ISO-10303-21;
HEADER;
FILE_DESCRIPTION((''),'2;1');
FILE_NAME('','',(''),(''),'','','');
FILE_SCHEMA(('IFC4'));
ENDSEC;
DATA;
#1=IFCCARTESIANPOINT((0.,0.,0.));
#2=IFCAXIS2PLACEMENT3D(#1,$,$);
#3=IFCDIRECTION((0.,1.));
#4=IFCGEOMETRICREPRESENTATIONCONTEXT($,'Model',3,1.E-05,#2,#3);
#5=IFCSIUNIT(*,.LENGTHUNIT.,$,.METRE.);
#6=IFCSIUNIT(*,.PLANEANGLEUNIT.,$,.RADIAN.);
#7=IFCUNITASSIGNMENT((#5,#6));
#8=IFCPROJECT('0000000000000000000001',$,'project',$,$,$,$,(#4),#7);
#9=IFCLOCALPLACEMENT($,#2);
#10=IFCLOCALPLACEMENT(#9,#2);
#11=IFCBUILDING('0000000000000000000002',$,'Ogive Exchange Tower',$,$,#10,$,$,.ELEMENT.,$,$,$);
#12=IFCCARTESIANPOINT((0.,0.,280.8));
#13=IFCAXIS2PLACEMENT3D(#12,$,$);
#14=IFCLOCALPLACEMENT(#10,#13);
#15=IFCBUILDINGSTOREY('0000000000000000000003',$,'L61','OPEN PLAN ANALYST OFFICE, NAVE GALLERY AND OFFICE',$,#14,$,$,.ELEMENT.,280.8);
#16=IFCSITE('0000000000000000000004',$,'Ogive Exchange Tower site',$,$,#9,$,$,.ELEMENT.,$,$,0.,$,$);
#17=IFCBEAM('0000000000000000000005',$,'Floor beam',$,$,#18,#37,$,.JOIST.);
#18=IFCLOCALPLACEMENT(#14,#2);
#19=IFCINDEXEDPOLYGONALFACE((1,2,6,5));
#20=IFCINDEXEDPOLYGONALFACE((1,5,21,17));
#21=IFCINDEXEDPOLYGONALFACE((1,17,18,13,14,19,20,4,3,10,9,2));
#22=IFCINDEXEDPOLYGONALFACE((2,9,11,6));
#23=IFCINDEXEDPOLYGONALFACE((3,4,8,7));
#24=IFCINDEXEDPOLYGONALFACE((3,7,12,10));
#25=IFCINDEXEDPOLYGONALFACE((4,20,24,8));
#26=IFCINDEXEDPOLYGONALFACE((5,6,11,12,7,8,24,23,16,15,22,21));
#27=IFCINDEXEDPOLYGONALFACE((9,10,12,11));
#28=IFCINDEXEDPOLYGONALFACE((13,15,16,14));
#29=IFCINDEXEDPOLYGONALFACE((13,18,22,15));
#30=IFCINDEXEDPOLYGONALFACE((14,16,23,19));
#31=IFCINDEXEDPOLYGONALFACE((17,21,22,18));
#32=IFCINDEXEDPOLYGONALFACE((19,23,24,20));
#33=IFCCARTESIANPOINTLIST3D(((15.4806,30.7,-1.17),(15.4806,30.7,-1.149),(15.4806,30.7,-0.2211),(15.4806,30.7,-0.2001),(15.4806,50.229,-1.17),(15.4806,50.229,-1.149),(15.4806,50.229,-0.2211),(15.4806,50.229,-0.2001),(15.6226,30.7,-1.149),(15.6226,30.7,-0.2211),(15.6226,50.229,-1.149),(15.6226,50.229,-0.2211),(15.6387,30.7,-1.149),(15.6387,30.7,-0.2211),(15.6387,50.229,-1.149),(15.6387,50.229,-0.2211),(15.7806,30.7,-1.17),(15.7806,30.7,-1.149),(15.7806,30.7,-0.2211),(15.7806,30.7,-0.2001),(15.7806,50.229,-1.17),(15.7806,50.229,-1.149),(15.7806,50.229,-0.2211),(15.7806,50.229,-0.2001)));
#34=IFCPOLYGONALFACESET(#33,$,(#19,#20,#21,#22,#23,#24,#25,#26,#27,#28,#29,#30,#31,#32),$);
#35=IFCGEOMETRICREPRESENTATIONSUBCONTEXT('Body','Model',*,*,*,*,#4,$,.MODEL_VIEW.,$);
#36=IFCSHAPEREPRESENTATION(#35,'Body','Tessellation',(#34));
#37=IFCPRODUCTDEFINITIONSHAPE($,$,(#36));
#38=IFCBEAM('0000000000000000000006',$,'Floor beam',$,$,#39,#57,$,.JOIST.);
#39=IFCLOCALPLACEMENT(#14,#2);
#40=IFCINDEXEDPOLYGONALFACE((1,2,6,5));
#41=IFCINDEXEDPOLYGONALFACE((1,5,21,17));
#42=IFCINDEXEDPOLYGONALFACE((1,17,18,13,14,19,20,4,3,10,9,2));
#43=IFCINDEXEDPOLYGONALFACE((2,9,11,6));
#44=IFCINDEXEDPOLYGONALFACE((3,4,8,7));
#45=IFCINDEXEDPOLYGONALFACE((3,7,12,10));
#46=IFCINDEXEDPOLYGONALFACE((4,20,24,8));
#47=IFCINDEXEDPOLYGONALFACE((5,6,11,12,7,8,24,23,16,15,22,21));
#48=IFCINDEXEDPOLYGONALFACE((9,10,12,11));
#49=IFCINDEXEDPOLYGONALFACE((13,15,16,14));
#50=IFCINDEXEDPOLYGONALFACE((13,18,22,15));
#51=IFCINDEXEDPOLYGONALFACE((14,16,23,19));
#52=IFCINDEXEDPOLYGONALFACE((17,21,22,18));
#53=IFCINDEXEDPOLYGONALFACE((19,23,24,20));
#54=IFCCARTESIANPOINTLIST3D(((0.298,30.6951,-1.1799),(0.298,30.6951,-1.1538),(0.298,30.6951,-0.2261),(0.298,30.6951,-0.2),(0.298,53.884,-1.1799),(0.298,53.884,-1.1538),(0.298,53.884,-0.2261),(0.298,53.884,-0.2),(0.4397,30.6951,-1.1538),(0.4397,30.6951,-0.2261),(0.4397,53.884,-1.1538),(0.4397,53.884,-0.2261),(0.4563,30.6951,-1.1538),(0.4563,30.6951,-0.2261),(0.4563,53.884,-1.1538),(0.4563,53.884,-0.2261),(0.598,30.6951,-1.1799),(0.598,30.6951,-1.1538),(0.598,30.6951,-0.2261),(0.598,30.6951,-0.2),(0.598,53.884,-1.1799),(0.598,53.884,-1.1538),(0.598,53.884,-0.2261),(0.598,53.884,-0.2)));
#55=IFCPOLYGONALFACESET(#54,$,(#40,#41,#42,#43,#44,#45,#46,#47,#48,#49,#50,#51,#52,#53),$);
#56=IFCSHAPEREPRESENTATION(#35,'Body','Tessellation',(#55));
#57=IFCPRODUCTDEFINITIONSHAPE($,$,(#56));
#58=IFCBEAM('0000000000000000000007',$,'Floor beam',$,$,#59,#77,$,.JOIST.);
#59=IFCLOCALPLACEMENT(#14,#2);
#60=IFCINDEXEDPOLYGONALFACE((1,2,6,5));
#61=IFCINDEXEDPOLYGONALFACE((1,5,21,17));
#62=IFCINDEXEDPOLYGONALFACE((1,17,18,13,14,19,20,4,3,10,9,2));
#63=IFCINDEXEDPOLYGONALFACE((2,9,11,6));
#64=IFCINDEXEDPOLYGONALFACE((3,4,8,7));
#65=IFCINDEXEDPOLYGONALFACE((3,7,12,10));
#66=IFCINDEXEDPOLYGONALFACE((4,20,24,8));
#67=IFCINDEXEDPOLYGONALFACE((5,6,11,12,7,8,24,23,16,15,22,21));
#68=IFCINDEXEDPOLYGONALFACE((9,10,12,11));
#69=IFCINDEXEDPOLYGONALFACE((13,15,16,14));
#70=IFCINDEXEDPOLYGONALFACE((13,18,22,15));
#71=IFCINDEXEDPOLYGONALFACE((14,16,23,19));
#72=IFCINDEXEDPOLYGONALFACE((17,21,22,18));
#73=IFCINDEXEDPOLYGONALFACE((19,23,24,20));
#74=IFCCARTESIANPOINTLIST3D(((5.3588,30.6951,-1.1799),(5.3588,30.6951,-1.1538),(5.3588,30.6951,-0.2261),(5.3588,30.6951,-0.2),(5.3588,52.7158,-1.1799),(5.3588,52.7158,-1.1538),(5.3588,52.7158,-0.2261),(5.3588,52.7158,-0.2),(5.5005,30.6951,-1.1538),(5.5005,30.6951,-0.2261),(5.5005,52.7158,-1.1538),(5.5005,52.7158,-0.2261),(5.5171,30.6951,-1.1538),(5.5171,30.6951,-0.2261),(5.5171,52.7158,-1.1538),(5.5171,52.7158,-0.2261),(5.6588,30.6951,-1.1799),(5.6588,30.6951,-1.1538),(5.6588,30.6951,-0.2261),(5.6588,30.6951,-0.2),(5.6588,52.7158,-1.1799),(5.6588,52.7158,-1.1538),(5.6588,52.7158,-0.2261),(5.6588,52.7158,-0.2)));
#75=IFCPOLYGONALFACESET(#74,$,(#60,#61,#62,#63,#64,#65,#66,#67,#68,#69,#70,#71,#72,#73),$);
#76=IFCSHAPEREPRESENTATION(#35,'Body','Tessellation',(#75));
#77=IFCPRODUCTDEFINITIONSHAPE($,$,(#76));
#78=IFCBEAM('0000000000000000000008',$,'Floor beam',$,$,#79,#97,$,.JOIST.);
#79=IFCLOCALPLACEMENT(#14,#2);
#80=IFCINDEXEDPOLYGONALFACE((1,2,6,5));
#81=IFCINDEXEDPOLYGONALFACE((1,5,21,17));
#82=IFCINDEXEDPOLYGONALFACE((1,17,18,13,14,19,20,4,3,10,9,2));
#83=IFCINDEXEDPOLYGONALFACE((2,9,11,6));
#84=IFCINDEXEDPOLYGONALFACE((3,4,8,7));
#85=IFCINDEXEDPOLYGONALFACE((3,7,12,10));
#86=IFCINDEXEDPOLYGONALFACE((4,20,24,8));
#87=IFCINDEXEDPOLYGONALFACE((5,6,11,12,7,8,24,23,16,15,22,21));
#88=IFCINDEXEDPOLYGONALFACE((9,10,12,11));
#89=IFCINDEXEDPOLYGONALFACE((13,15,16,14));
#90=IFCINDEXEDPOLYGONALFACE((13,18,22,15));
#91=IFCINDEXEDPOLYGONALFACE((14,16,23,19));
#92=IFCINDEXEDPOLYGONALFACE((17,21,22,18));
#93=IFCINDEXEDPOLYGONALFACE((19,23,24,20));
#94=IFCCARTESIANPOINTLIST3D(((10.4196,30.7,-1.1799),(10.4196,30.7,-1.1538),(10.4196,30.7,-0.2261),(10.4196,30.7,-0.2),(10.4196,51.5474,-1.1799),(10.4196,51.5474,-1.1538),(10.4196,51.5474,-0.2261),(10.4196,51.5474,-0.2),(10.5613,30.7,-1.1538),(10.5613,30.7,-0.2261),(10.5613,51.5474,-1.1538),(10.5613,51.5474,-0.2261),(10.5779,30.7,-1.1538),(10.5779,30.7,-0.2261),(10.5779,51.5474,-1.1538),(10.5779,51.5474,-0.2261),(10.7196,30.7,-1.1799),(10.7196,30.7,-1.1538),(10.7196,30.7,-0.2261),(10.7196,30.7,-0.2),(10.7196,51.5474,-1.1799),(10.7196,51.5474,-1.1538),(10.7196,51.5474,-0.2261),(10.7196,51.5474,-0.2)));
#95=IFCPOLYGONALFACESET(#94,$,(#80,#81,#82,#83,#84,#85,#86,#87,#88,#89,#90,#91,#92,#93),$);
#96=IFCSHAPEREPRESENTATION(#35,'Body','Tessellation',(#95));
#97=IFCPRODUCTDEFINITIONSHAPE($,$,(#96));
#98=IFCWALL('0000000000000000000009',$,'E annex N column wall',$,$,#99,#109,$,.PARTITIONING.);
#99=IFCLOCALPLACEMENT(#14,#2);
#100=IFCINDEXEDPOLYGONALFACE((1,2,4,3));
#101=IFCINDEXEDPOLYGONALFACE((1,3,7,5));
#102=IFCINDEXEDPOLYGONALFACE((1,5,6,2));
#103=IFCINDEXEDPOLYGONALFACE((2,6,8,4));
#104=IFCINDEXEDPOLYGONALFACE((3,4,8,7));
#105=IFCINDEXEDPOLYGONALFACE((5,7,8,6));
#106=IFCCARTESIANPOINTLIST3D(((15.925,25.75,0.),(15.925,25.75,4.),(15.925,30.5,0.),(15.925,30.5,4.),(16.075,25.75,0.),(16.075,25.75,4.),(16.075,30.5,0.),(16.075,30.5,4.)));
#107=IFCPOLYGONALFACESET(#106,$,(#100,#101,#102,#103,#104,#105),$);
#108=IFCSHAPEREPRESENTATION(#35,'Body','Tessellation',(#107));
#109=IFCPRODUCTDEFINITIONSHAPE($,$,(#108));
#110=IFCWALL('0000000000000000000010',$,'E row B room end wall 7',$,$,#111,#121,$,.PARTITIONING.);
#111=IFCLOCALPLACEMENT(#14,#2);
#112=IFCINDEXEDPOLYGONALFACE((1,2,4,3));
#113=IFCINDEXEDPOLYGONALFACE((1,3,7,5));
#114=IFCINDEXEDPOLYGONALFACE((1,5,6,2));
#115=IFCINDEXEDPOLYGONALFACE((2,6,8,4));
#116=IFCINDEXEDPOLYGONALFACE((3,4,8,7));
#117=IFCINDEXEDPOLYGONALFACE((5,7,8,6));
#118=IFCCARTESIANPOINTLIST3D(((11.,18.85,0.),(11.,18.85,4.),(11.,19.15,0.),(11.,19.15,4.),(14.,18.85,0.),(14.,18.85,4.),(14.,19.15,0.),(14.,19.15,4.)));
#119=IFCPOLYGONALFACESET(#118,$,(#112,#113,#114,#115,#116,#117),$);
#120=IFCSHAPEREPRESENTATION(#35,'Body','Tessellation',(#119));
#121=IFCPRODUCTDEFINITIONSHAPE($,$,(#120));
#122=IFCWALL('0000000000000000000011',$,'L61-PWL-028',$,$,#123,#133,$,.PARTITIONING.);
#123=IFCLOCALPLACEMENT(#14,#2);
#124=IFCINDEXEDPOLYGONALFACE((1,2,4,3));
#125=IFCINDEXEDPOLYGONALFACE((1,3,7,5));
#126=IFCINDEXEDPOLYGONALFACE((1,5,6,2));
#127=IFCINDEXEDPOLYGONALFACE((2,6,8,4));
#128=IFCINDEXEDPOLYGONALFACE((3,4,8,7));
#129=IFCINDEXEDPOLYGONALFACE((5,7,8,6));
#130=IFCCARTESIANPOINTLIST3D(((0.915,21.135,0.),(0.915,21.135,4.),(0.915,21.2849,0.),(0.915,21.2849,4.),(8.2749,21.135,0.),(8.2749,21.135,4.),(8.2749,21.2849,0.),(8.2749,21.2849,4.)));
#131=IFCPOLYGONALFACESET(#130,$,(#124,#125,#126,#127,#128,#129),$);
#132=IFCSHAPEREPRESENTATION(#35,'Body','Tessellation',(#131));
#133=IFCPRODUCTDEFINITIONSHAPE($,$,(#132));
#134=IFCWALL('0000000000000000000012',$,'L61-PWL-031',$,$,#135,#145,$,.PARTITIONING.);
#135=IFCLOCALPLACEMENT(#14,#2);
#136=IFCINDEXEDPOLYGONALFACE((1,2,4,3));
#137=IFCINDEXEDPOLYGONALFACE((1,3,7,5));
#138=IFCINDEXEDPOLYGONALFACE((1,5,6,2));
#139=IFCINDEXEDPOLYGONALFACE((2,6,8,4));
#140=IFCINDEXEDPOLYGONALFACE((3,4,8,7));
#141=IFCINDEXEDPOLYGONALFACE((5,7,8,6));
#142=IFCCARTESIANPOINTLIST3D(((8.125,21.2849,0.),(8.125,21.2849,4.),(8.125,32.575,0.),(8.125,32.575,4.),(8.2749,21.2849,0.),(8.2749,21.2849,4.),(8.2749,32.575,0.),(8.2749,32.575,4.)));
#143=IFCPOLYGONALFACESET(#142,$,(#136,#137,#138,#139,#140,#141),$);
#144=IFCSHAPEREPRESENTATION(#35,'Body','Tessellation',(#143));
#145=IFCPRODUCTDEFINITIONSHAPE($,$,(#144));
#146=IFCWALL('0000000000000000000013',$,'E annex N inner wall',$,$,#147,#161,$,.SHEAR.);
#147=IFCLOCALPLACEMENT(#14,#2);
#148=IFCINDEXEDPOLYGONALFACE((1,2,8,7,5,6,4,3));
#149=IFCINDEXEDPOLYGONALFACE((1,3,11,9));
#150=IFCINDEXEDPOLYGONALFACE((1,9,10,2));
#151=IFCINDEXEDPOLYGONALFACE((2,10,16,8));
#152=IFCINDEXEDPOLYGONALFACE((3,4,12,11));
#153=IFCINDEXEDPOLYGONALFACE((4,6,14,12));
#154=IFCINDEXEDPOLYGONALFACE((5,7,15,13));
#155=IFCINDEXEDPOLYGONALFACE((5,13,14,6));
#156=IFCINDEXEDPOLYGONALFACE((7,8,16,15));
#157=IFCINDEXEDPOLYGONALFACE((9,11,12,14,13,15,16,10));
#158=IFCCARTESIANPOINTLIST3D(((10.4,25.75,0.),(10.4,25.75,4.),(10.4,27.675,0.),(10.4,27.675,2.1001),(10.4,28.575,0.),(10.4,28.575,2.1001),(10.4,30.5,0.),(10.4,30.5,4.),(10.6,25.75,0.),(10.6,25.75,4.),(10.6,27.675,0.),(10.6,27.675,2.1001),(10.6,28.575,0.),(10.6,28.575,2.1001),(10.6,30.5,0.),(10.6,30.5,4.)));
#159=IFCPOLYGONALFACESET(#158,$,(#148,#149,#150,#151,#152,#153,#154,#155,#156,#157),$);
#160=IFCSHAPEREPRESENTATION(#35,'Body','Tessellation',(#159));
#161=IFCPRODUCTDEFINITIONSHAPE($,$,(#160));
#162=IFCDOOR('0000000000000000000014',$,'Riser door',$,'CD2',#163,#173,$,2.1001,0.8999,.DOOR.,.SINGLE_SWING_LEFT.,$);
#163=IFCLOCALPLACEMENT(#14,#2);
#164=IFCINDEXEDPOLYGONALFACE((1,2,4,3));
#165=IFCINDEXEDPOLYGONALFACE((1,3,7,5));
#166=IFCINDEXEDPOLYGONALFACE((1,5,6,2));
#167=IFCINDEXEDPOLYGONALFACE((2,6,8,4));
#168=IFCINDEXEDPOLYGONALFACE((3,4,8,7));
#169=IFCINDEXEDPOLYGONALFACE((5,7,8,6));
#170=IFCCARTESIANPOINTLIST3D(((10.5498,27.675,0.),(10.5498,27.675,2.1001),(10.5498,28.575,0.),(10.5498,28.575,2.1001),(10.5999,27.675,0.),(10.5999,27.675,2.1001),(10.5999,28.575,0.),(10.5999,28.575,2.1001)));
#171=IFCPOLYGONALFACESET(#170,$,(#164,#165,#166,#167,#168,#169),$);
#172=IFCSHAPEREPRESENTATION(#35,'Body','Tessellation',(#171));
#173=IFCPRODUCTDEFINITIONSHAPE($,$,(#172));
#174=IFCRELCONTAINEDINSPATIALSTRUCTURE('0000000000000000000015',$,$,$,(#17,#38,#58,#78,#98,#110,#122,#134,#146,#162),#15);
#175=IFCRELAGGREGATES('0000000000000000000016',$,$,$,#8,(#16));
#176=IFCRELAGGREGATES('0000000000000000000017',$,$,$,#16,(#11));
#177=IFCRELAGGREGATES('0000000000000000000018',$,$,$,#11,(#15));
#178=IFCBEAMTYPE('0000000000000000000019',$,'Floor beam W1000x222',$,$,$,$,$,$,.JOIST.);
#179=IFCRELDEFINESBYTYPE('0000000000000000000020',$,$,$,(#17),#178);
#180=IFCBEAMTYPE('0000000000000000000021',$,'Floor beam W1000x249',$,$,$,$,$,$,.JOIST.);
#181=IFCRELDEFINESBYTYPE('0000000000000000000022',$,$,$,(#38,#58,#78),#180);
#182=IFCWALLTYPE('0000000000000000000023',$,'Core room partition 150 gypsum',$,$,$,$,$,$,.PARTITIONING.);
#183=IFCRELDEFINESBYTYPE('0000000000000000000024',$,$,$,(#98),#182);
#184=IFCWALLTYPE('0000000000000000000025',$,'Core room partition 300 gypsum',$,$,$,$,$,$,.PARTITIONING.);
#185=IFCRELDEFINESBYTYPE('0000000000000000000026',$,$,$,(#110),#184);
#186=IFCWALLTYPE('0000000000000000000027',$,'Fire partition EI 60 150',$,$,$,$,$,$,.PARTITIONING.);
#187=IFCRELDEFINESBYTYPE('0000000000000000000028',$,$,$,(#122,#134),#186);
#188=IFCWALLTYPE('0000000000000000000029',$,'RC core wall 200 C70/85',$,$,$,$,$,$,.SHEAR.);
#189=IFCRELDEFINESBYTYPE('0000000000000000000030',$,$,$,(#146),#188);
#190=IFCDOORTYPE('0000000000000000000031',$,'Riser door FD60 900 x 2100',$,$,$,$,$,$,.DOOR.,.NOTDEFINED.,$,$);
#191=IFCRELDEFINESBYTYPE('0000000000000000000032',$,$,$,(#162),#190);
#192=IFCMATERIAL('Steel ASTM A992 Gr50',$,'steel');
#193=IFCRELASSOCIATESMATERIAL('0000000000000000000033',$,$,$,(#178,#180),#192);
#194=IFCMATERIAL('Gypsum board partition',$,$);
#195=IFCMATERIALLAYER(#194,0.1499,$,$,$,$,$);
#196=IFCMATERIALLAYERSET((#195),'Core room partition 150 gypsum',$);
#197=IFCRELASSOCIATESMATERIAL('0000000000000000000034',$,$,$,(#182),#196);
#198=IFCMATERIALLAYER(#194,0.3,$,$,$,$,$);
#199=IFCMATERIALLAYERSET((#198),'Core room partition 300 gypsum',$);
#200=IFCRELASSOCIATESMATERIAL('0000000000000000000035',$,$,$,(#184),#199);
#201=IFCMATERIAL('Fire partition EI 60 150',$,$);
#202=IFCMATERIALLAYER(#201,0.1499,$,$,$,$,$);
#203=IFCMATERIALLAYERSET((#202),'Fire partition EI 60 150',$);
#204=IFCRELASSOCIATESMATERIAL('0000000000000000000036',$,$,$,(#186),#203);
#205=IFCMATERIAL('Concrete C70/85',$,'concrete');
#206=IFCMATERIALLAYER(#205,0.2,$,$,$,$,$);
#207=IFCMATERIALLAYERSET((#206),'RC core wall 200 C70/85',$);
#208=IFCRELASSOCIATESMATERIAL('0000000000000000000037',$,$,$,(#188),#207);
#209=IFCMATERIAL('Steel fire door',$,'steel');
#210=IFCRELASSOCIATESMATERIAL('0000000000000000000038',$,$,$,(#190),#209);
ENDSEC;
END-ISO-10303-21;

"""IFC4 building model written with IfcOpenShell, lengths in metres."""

from ifc_helpers import new_model, si_unit, direction, frame, frame_2d, origin, origin_2d, place, context, subcontext, project, spatial, rectangle, i_section, extrude, material, layer, layer_set, material_profile, profile_set, type_object, element, fill, save


model = new_model("IFC4")

# Units and contexts
model_context = context("Model", 3, precision=1e-05, world=origin(), true_north=direction((0.0, 1.0)))
body_context = subcontext(model_context, "Body", "Model", "MODEL_VIEW")
ifc_project = project(units=[si_unit("LENGTHUNIT", "METRE"), si_unit("PLANEANGLEUNIT", "RADIAN")], contexts=[model_context])

# Site, building, storey
site_placement = place(None, origin())
site = spatial("IfcSite", under=ifc_project, at=site_placement, Name="Ogive Exchange Tower site", CompositionType="ELEMENT", RefElevation=0.0)
building_placement = place(site_placement, origin())
building = spatial("IfcBuilding", under=site, at=building_placement, Name="Ogive Exchange Tower", CompositionType="ELEMENT")
storey_placement = place(building_placement, frame((0.0, 0.0, 280.8)))
storey = spatial("IfcBuildingStorey", under=building, at=storey_placement, Name="L61", Description="OPEN PLAN ANALYST OFFICE, NAVE GALLERY AND OFFICE", CompositionType="ELEMENT", Elevation=280.8)

# Beams
ifc_material_1 = material(Name="Steel ASTM A992 Gr50", Category="steel")
ifc_material_profile_1 = material_profile(ifc_material_1, i_section(OverallWidth=0.3, OverallDepth=0.97, WebThickness=0.0161, FlangeThickness=0.021, at=origin_2d()), Name="W1000x222")
ifc_profile_set_1 = profile_set([ifc_material_profile_1], Name="Steel ASTM A992 Gr50")
beam_type_1 = type_object("IfcBeamType", Name="Floor beam W1000x222", PredefinedType="JOIST", material=ifc_profile_set_1)
beam_1_placement = place(storey_placement, frame((15.6306, 30.7, -0.6851), z_axis=(0.0, 1.0, 0.0), x_axis=(-1.0, 0.0, 0.0)))
element("IfcBeam", 1, at=beam_1_placement, inside=storey, type_object=beam_type_1, Name="Floor beam", PredefinedType="JOIST", context=body_context, shape_type="SweptSolid", body=[
    extrude(i_section(OverallWidth=0.3, OverallDepth=0.97, WebThickness=0.0161, FlangeThickness=0.021, at=origin_2d()), origin(), (0.0, 0.0, 1.0), 19.5291),
])
ifc_material_profile_2 = material_profile(ifc_material_1, i_section(OverallWidth=0.3, OverallDepth=0.98, WebThickness=0.0166, FlangeThickness=0.0261, at=origin_2d()), Name="W1000x249")
ifc_profile_set_2 = profile_set([ifc_material_profile_2], Name="Steel ASTM A992 Gr50")
beam_type_2 = type_object("IfcBeamType", Name="Floor beam W1000x249", PredefinedType="JOIST", material=ifc_profile_set_2)
beam_2_placement = place(storey_placement, frame((0.448, 30.6951, -0.6899), z_axis=(0.0, 1.0, 0.0), x_axis=(-1.0, 0.0, 0.0)))
element("IfcBeam", 2, at=beam_2_placement, inside=storey, type_object=beam_type_2, Name="Floor beam", PredefinedType="JOIST", context=body_context, shape_type="SweptSolid", body=[
    extrude(i_section(OverallWidth=0.3, OverallDepth=0.98, WebThickness=0.0166, FlangeThickness=0.0261, at=origin_2d()), origin(), (0.0, 0.0, 1.0), 23.189),
])
beam_3_placement = place(storey_placement, frame((5.5088, 30.6951, -0.6899), z_axis=(0.0, 1.0, 0.0), x_axis=(-1.0, 0.0, 0.0)))
element("IfcBeam", 3, at=beam_3_placement, inside=storey, type_object=beam_type_2, Name="Floor beam", PredefinedType="JOIST", context=body_context, shape_type="SweptSolid", body=[
    extrude(i_section(OverallWidth=0.3, OverallDepth=0.98, WebThickness=0.0166, FlangeThickness=0.0261, at=origin_2d()), origin(), (0.0, 0.0, 1.0), 22.0208),
])
beam_4_placement = place(storey_placement, frame((10.5696, 30.7, -0.6899), z_axis=(0.0, 1.0, 0.0), x_axis=(-1.0, 0.0, 0.0)))
element("IfcBeam", 4, at=beam_4_placement, inside=storey, type_object=beam_type_2, Name="Floor beam", PredefinedType="JOIST", context=body_context, shape_type="SweptSolid", body=[
    extrude(i_section(OverallWidth=0.3, OverallDepth=0.98, WebThickness=0.0166, FlangeThickness=0.0261, at=origin_2d()), origin(), (0.0, 0.0, 1.0), 20.8474),
])

# Walls
ifc_material_2 = material(Name="Gypsum board partition")
ifc_layer_1 = layer(ifc_material_2, 0.1499)
ifc_layer_set_1 = layer_set([ifc_layer_1], Name="Core room partition 150 gypsum")
wall_type_1 = type_object("IfcWallType", Name="Core room partition 150 gypsum", PredefinedType="PARTITIONING", material=ifc_layer_set_1)
wall_1_placement = place(storey_placement, frame((16.0, 25.75, 0.0), z_axis=(0.0, 0.0, 1.0), x_axis=(0.0, 1.0, 0.0)))
element("IfcWall", 5, at=wall_1_placement, inside=storey, type_object=wall_type_1, Name="E annex N column wall", PredefinedType="PARTITIONING", context=body_context, shape_type="SweptSolid", body=[
    extrude(rectangle(XDim=4.75, YDim=0.1499, at=frame_2d((2.375, 0.0))), origin(), (0.0, 0.0, 1.0), 4.0),
])
ifc_layer_2 = layer(ifc_material_2, 0.3)
ifc_layer_set_2 = layer_set([ifc_layer_2], Name="Core room partition 300 gypsum")
wall_type_2 = type_object("IfcWallType", Name="Core room partition 300 gypsum", PredefinedType="PARTITIONING", material=ifc_layer_set_2)
wall_2_placement = place(storey_placement, frame((11.0, 19.0, 0.0), z_axis=(0.0, 0.0, 1.0), x_axis=(1.0, 0.0, 0.0)))
element("IfcWall", 6, at=wall_2_placement, inside=storey, type_object=wall_type_2, Name="E row B room end wall 7", PredefinedType="PARTITIONING", context=body_context, shape_type="SweptSolid", body=[
    extrude(rectangle(XDim=3.0, YDim=0.3, at=frame_2d((1.5, 0.0))), origin(), (0.0, 0.0, 1.0), 4.0),
])
ifc_material_3 = material(Name="Fire partition EI 60 150")
ifc_layer_3 = layer(ifc_material_3, 0.1499)
ifc_layer_set_3 = layer_set([ifc_layer_3], Name="Fire partition EI 60 150")
wall_type_3 = type_object("IfcWallType", Name="Fire partition EI 60 150", PredefinedType="PARTITIONING", material=ifc_layer_set_3)
wall_3_placement = place(storey_placement, frame((0.915, 21.21, 0.0), z_axis=(0.0, 0.0, 1.0), x_axis=(1.0, 0.0, 0.0)))
element("IfcWall", 7, at=wall_3_placement, inside=storey, type_object=wall_type_3, Name="L61-PWL-028", PredefinedType="PARTITIONING", context=body_context, shape_type="SweptSolid", body=[
    extrude(rectangle(XDim=7.3599, YDim=0.1499, at=frame_2d((3.6799, 0.0))), origin(), (0.0, 0.0, 1.0), 4.0),
])
wall_4_placement = place(storey_placement, frame((8.2, 21.2849, 0.0), z_axis=(0.0, 0.0, 1.0), x_axis=(0.0, 1.0, 0.0)))
element("IfcWall", 8, at=wall_4_placement, inside=storey, type_object=wall_type_3, Name="L61-PWL-031", PredefinedType="PARTITIONING", context=body_context, shape_type="SweptSolid", body=[
    extrude(rectangle(XDim=11.29, YDim=0.1499, at=frame_2d((5.645, 0.0))), origin(), (0.0, 0.0, 1.0), 4.0),
])

# Wall, opening, door
ifc_material_4 = material(Name="Concrete C70/85", Category="concrete")
ifc_layer_4 = layer(ifc_material_4, 0.2)
ifc_layer_set_4 = layer_set([ifc_layer_4], Name="RC core wall 200 C70/85")
wall_type_4 = type_object("IfcWallType", Name="RC core wall 200 C70/85", PredefinedType="SHEAR", material=ifc_layer_set_4)
wall_5_placement = place(storey_placement, frame((10.5, 25.75, 0.0), z_axis=(0.0, 0.0, 1.0), x_axis=(0.0, 1.0, 0.0)))
wall_5 = element("IfcWall", 9, at=wall_5_placement, inside=storey, type_object=wall_type_4, Name="E annex N inner wall", PredefinedType="SHEAR", context=body_context, shape_type="SweptSolid", body=[
    extrude(rectangle(XDim=4.75, YDim=0.2, at=frame_2d((2.375, 0.0))), origin(), (0.0, 0.0, 1.0), 4.0),
])
opening_1_placement = place(wall_5_placement, frame((1.925, 0.0, 0.0)))
opening_1 = element("IfcOpeningElement", 10, at=opening_1_placement, cuts=wall_5, PredefinedType="OPENING", context=body_context, shape_type="SweptSolid", body=[
    extrude(rectangle(XDim=0.8999, YDim=2.1001, at=frame_2d((0.45, 1.05))), frame((0.0, 0.1099, 0.0), z_axis=(0.0, -1.0, 0.0), x_axis=(1.0, 0.0, 0.0)), (0.0, 0.0, 1.0), 0.22),
])
ifc_material_5 = material(Name="Steel fire door", Category="steel")
door_type_1 = type_object("IfcDoorType", Name="Riser door FD60 900 x 2100", OperationType="NOTDEFINED", PredefinedType="DOOR", material=ifc_material_5)
door_1_placement = place(opening_1_placement, origin())
door_1 = element("IfcDoor", 11, at=door_1_placement, inside=storey, type_object=door_type_1, Name="Riser door", ObjectType="CD2", OperationType="SINGLE_SWING_LEFT", OverallHeight=2.1001, OverallWidth=0.8999, PredefinedType="DOOR", context=body_context, shape_type="SweptSolid", body=[
    extrude(rectangle(XDim=0.8999, YDim=2.1001, at=frame_2d((0.45, 1.05))), frame((0.0, -0.0498, 0.0), z_axis=(0.0, -1.0, 0.0), x_axis=(1.0, 0.0, 0.0)), (0.0, 0.0, 1.0), 0.05),
])
fill(opening_1, door_1)

save(model, "model.ifc")
